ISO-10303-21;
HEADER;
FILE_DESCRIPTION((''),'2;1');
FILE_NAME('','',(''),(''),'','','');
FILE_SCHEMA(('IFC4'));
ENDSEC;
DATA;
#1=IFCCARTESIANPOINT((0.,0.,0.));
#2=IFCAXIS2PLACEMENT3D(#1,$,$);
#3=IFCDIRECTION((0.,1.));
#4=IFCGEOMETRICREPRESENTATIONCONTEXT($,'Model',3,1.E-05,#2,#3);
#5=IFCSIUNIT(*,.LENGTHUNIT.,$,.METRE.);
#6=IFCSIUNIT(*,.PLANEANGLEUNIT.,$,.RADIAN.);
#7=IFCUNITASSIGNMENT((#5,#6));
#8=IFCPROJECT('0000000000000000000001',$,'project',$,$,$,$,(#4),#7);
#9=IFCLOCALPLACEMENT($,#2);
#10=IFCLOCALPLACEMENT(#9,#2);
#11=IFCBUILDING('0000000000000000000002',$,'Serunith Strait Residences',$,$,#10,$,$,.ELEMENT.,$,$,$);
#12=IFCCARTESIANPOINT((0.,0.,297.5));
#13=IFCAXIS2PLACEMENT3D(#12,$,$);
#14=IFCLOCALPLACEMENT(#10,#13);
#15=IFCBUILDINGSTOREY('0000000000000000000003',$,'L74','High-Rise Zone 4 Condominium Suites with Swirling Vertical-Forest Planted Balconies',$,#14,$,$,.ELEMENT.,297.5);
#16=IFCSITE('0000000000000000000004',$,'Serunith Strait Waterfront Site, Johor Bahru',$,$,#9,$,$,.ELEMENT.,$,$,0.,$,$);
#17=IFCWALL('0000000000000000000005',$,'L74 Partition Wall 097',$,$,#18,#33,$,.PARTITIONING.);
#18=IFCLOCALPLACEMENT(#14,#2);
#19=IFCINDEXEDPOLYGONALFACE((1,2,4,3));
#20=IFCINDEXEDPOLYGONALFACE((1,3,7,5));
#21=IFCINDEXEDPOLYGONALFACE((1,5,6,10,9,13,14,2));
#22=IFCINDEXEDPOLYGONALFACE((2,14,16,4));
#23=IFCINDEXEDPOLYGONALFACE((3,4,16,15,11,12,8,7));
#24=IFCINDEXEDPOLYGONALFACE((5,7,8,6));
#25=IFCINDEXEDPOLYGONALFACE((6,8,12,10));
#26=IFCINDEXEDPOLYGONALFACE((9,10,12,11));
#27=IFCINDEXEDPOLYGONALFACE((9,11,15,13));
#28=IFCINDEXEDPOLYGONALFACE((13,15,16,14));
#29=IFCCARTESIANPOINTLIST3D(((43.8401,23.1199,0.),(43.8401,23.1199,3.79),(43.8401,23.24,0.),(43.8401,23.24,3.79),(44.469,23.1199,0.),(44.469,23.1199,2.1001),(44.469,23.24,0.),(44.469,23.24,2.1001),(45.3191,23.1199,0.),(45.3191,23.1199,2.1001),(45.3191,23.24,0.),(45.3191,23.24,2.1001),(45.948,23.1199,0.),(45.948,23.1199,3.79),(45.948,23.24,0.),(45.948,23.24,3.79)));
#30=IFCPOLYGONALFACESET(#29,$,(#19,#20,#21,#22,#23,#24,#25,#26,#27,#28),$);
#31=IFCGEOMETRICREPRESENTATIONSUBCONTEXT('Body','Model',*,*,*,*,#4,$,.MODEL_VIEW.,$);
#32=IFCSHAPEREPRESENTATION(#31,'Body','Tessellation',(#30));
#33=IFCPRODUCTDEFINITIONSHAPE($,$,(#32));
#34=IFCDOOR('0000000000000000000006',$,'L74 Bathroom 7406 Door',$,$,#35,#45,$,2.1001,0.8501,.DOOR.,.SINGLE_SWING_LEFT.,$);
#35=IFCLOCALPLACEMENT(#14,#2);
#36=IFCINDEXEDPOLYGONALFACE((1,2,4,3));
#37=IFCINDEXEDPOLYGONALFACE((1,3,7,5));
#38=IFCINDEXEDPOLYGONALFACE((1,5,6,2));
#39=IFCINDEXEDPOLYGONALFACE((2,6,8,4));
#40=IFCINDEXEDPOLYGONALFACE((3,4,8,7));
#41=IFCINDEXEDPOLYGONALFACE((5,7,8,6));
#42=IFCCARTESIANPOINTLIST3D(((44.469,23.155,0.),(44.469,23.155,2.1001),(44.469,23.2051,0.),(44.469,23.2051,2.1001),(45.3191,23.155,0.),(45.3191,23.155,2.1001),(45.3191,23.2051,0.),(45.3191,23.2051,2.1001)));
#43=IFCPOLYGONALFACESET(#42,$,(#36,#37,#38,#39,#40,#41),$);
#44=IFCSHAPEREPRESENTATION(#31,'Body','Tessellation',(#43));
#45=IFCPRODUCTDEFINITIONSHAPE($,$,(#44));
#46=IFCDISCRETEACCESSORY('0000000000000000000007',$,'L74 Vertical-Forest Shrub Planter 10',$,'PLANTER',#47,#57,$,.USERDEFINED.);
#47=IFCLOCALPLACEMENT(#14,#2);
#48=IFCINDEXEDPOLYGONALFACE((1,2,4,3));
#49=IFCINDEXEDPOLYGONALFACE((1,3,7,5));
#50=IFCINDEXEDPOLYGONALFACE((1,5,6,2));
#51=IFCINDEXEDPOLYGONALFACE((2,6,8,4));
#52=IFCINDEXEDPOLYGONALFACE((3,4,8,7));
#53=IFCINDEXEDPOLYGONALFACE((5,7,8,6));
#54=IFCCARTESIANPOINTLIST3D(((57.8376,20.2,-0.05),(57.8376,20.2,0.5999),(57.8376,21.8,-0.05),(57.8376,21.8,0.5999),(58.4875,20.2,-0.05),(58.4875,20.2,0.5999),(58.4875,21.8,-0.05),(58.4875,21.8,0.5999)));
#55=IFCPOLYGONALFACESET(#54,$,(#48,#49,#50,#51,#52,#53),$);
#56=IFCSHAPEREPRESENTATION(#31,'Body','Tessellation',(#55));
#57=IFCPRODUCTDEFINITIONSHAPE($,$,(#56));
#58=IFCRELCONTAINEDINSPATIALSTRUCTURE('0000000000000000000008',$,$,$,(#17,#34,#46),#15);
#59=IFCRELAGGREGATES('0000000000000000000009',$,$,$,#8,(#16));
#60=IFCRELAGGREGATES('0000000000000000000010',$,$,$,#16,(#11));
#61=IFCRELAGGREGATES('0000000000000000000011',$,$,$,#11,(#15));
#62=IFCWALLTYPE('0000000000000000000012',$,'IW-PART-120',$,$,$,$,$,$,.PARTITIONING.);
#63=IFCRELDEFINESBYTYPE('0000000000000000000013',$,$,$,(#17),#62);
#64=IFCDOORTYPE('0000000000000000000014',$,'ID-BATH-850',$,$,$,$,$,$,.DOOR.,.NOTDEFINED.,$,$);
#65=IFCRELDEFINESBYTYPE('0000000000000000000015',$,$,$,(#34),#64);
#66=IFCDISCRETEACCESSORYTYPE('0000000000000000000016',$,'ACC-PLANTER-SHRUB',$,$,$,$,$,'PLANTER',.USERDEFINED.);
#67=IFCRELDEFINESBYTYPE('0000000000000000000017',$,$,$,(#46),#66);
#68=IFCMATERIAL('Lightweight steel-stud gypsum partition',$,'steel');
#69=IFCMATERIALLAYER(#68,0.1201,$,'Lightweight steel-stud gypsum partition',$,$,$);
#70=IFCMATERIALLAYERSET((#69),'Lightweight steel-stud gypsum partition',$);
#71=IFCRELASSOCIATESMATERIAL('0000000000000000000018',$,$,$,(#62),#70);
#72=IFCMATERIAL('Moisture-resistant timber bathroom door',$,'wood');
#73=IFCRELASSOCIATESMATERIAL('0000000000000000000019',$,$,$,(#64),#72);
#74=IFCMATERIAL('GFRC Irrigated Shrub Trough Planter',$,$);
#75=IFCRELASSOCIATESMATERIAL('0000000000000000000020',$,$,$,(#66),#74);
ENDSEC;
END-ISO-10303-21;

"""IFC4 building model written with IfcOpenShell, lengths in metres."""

from ifc_helpers import new_model, si_unit, direction, frame, frame_2d, origin, origin_2d, place, context, subcontext, project, spatial, rectangle, extrude, source, transform, mapped, material, layer, layer_set, type_object, element, fill, save


model = new_model("IFC4")

# Units and contexts
model_context = context("Model", 3, precision=1e-05, world=origin(), true_north=direction((0.0, 1.0)))
body_context = subcontext(model_context, "Body", "Model", "MODEL_VIEW")
ifc_project = project(units=[si_unit("LENGTHUNIT", "METRE"), si_unit("PLANEANGLEUNIT", "RADIAN")], contexts=[model_context])

# Site, building, storey
site_placement = place(None, origin())
site = spatial("IfcSite", under=ifc_project, at=site_placement, Name="Serunith Strait Waterfront Site, Johor Bahru", CompositionType="ELEMENT", RefElevation=0.0)
building_placement = place(site_placement, origin())
building = spatial("IfcBuilding", under=site, at=building_placement, Name="Serunith Strait Residences", CompositionType="ELEMENT")
storey_placement = place(building_placement, frame((0.0, 0.0, 297.5)))
storey = spatial("IfcBuildingStorey", under=building, at=storey_placement, Name="L74", Description="High-Rise Zone 4 Condominium Suites with Swirling Vertical-Forest Planted Balconies", CompositionType="ELEMENT", Elevation=297.5)

# Shared definitions
ifc_material_1 = material(Name="Lightweight steel-stud gypsum partition", Category="steel")
ifc_layer_1 = layer(ifc_material_1, 0.1201, Name="Lightweight steel-stud gypsum partition")
ifc_layer_set_1 = layer_set([ifc_layer_1], Name="Lightweight steel-stud gypsum partition")
wall_type_1 = type_object("IfcWallType", Name="IW-PART-120", PredefinedType="PARTITIONING", material=ifc_layer_set_1)

# Shared definitions
shared_shape_1 = source(origin(), body_context, "Body", "SweptSolid", [
    extrude(rectangle(XDim=0.8501, YDim=2.1001, at=frame_2d((0.425, 1.05))), frame((0.0, 0.0249, 0.0), z_axis=(0.0, -1.0, 0.0), x_axis=(1.0, 0.0, 0.0)), (0.0, 0.0, 1.0), 0.05),
])
ifc_material_2 = material(Name="Moisture-resistant timber bathroom door", Category="wood")
door_type_1 = type_object("IfcDoorType", Name="ID-BATH-850", OperationType="NOTDEFINED", PredefinedType="DOOR", material=ifc_material_2)

# Wall, opening, door
wall_1_placement = place(storey_placement, frame((45.948, 23.1799, 0.0), z_axis=(0.0, 0.0, 1.0), x_axis=(-1.0, 0.0, 0.0)))
wall_1 = element("IfcWall", 1, at=wall_1_placement, inside=storey, type_object=wall_type_1, Name="L74 Partition Wall 097", PredefinedType="PARTITIONING", context=body_context, shape_type="SweptSolid", body=[
    extrude(rectangle(XDim=2.1079, YDim=0.1201, at=frame_2d((1.054, 0.0))), origin(), (0.0, 0.0, 1.0), 3.79),
])
opening_1_placement = place(wall_1_placement, frame((0.6289, 0.0, 0.0)))
opening_1 = element("IfcOpeningElement", 2, at=opening_1_placement, cuts=wall_1, PredefinedType="OPENING", context=body_context, shape_type="SweptSolid", body=[
    extrude(rectangle(XDim=0.8501, YDim=2.1001, at=frame_2d((0.425, 1.05))), frame((0.0, 0.0701, 0.0), z_axis=(0.0, -1.0, 0.0), x_axis=(1.0, 0.0, 0.0)), (0.0, 0.0, 1.0), 0.1401),
])
door_1_placement = place(opening_1_placement, origin())
door_1 = element("IfcDoor", 3, at=door_1_placement, inside=storey, type_object=door_type_1, Name="L74 Bathroom 7406 Door", OperationType="SINGLE_SWING_LEFT", OverallHeight=2.1001, OverallWidth=0.8501, PredefinedType="DOOR", context=body_context, shape_type="MappedRepresentation", body=[
    mapped(shared_shape_1, transform((0.0, 0.0, 0.0), scale=1.0)),
])
fill(opening_1, door_1)

# Discrete accessory
ifc_material_3 = material(Name="GFRC Irrigated Shrub Trough Planter")
discrete_accessory_type = type_object("IfcDiscreteAccessoryType", Name="ACC-PLANTER-SHRUB", ElementType="PLANTER", PredefinedType="USERDEFINED", material=ifc_material_3)
shared_shape_2 = source(origin(), body_context, "Body", "SweptSolid", [
    extrude(rectangle(XDim=1.6001, YDim=0.6499, at=origin_2d()), origin(), (0.0, 0.0, 1.0), 0.6499),
])
discrete_accessory_placement = place(storey_placement, frame((58.1626, 21.0, -0.05), z_axis=(0.0, 0.0, 1.0), x_axis=(0.0, 1.0, 0.0)))
element("IfcDiscreteAccessory", 4, at=discrete_accessory_placement, inside=storey, type_object=discrete_accessory_type, Name="L74 Vertical-Forest Shrub Planter 10", ObjectType="PLANTER", PredefinedType="USERDEFINED", context=body_context, shape_type="MappedRepresentation", body=[
    mapped(shared_shape_2, transform((0.0, 0.0, 0.0), scale=1.0)),
])

save(model, "model.ifc")
